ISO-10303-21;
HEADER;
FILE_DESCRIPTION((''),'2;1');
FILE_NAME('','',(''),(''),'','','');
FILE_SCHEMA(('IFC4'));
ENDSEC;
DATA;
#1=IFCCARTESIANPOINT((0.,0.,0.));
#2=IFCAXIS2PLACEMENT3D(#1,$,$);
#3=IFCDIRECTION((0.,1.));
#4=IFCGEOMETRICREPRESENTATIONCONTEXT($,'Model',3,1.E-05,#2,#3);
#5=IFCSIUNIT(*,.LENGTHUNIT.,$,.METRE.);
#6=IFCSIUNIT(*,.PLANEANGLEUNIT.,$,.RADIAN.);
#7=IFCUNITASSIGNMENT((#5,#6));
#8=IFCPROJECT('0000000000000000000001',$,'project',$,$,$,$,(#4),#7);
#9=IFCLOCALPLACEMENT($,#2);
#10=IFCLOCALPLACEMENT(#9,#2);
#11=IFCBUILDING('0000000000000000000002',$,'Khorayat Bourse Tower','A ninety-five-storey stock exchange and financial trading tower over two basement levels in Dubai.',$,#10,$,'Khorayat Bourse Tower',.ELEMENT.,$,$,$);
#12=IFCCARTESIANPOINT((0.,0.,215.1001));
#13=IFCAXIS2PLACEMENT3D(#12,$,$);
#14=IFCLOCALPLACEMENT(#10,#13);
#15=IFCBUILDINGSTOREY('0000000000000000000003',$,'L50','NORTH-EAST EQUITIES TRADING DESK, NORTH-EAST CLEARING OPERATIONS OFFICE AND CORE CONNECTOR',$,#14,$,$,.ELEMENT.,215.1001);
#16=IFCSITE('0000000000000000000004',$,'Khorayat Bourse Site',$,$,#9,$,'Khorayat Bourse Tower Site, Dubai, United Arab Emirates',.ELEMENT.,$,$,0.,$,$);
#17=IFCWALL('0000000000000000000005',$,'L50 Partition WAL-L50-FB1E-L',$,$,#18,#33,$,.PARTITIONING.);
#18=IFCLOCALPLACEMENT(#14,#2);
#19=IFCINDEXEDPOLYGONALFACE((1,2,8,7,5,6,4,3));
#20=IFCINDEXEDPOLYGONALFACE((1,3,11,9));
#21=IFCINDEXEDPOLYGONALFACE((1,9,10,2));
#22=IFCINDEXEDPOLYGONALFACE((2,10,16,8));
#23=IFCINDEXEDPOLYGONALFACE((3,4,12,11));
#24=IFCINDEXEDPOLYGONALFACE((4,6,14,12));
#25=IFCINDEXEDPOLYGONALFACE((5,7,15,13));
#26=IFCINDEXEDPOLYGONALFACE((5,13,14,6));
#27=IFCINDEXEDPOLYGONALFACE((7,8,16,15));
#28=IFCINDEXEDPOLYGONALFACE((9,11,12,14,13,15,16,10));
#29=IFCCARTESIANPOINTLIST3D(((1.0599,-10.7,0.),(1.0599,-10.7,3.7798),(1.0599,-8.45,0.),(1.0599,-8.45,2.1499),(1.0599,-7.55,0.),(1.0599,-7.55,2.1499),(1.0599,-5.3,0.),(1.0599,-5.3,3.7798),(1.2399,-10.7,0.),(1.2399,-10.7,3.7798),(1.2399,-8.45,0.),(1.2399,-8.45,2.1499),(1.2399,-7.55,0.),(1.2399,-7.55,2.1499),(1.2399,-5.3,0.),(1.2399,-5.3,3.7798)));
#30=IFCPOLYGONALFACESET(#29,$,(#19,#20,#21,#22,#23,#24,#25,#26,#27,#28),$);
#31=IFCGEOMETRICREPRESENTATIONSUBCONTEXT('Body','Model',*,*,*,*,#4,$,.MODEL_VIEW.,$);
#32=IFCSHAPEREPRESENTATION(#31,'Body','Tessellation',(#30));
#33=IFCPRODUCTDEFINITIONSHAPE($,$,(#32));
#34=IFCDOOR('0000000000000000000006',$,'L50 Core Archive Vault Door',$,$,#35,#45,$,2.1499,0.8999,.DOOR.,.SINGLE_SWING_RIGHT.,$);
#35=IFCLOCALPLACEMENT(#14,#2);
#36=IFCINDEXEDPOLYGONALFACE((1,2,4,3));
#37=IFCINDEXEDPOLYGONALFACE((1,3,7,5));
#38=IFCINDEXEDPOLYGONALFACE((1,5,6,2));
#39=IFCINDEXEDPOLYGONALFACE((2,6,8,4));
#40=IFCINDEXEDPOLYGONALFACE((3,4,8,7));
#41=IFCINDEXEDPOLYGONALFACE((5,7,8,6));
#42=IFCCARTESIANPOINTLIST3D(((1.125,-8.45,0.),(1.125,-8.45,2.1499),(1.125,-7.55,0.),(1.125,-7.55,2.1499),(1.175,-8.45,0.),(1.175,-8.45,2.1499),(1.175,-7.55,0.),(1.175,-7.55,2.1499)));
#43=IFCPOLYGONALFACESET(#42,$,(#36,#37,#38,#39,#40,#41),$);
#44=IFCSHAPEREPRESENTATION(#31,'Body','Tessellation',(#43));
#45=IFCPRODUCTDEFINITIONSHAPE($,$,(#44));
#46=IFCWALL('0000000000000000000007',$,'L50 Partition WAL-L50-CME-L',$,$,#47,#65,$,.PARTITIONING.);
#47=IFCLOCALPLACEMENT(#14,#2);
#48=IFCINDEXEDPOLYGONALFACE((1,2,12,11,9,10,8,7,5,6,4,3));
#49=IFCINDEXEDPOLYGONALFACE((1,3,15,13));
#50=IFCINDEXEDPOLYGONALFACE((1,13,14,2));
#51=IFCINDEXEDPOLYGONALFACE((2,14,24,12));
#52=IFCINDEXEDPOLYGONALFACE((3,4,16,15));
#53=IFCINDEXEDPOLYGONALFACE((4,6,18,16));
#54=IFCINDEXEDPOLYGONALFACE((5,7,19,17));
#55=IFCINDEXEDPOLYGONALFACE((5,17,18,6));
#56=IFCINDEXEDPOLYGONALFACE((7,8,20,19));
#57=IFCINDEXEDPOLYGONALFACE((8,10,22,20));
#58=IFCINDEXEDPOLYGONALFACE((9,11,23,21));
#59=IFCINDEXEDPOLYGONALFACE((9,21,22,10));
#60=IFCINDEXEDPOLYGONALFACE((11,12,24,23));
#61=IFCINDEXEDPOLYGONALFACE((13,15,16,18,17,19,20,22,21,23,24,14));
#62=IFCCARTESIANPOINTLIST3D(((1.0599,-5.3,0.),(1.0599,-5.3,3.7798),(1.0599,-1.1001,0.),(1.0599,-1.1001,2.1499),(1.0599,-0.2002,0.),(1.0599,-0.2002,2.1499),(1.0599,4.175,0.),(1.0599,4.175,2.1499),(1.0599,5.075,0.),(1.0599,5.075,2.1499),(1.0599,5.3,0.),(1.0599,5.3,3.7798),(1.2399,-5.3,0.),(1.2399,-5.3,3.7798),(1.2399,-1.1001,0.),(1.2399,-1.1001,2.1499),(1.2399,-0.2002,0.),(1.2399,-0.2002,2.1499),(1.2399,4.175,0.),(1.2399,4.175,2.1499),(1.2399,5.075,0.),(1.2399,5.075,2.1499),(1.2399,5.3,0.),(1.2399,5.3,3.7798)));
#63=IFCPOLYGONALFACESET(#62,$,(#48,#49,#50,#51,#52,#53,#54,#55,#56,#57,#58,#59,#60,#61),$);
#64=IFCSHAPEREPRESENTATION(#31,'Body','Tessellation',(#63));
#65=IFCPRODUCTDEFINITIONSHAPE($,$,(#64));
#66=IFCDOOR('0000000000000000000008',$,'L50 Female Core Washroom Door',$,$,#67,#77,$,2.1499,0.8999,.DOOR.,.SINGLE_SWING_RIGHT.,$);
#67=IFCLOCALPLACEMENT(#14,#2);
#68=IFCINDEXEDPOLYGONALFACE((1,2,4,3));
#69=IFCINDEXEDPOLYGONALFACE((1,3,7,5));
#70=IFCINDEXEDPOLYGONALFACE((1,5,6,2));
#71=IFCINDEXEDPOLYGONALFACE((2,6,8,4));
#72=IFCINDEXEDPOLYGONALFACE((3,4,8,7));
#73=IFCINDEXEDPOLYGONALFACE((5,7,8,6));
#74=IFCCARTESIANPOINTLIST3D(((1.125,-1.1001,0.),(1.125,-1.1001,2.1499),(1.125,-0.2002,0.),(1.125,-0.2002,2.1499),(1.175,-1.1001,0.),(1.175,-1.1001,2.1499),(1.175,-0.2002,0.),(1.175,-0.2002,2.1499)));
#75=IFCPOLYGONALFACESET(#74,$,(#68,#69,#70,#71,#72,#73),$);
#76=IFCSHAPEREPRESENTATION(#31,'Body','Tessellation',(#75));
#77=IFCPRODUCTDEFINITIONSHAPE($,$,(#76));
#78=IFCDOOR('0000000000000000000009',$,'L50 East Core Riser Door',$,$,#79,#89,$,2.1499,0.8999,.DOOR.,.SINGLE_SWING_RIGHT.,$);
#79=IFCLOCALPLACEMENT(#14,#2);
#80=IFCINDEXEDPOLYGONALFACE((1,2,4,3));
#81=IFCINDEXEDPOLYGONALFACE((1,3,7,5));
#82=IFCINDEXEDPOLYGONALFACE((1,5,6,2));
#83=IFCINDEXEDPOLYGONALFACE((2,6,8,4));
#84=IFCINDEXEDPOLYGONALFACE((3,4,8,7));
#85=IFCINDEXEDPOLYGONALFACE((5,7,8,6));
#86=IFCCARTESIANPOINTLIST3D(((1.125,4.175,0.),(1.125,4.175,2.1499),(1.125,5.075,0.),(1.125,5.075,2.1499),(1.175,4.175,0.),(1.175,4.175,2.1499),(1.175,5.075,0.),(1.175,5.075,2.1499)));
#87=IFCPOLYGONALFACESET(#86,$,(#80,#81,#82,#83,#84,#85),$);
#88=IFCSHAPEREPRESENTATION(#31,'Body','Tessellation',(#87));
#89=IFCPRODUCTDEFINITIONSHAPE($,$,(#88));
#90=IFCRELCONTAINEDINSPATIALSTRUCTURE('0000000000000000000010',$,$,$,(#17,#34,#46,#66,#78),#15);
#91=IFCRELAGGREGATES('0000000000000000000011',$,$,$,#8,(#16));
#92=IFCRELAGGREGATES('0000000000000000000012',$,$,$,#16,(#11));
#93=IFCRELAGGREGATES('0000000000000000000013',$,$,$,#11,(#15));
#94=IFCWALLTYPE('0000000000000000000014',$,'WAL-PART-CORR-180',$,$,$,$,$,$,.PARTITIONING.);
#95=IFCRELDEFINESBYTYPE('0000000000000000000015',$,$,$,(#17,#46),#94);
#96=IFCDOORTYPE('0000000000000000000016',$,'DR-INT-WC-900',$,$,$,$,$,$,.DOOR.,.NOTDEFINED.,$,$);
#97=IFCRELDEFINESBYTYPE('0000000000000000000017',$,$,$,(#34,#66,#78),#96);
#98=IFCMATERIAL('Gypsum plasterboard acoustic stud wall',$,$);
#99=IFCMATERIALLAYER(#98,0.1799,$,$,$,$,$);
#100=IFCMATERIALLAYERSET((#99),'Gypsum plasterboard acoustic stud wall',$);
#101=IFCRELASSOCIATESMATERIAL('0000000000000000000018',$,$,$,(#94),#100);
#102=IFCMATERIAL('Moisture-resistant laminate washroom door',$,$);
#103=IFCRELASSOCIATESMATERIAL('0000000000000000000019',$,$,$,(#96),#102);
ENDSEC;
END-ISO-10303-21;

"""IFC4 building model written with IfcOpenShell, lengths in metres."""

from ifc_helpers import new_model, si_unit, direction, frame, frame_2d, origin, place, context, subcontext, project, spatial, rectangle, extrude, source, transform, mapped, material, layer, layer_set, type_object, element, fill, save


model = new_model("IFC4")

# Units and contexts
model_context = context("Model", 3, precision=1e-05, world=origin(), true_north=direction((0.0, 1.0)))
body_context = subcontext(model_context, "Body", "Model", "MODEL_VIEW")
ifc_project = project(units=[si_unit("LENGTHUNIT", "METRE"), si_unit("PLANEANGLEUNIT", "RADIAN")], contexts=[model_context])

# Site, building, storey
site_placement = place(None, origin())
site = spatial("IfcSite", under=ifc_project, at=site_placement, Name="Khorayat Bourse Site", LongName="Khorayat Bourse Tower Site, Dubai, United Arab Emirates", CompositionType="ELEMENT", RefElevation=0.0)
building_placement = place(site_placement, origin())
building = spatial("IfcBuilding", under=site, at=building_placement, Name="Khorayat Bourse Tower", Description="A ninety-five-storey stock exchange and financial trading tower over two basement levels in Dubai.", LongName="Khorayat Bourse Tower", CompositionType="ELEMENT")
storey_placement = place(building_placement, frame((0.0, 0.0, 215.1001)))
storey = spatial("IfcBuildingStorey", under=building, at=storey_placement, Name="L50", Description="NORTH-EAST EQUITIES TRADING DESK, NORTH-EAST CLEARING OPERATIONS OFFICE AND CORE CONNECTOR", CompositionType="ELEMENT", Elevation=215.1001)

# Shared definitions
ifc_material_1 = material(Name="Gypsum plasterboard acoustic stud wall")
ifc_layer_1 = layer(ifc_material_1, 0.1799)
ifc_layer_set_1 = layer_set([ifc_layer_1], Name="Gypsum plasterboard acoustic stud wall")
wall_type_1 = type_object("IfcWallType", Name="WAL-PART-CORR-180", PredefinedType="PARTITIONING", material=ifc_layer_set_1)
shared_shape_1 = source(origin(), body_context, "Body", "SweptSolid", [
    extrude(rectangle(XDim=5.3999, YDim=0.1799, at=frame_2d((2.7, 0.0))), origin(), (0.0, 0.0, 1.0), 3.7798),
])
shared_shape_2 = source(origin(), body_context, "Body", "SweptSolid", [
    extrude(rectangle(XDim=0.8999, YDim=2.1499, at=frame_2d((0.45, 1.075))), frame((0.0, 0.0999, 0.0), z_axis=(0.0, -1.0, 0.0), x_axis=(1.0, 0.0, 0.0)), (0.0, 0.0, 1.0), 0.2),
])
ifc_material_2 = material(Name="Moisture-resistant laminate washroom door")
door_type = type_object("IfcDoorType", Name="DR-INT-WC-900", OperationType="NOTDEFINED", PredefinedType="DOOR", material=ifc_material_2)
shared_shape_3 = source(origin(), body_context, "Body", "SweptSolid", [
    extrude(rectangle(XDim=0.8999, YDim=2.1499, at=frame_2d((0.45, 1.075))), frame((0.0, 0.0249, 0.0), z_axis=(0.0, -1.0, 0.0), x_axis=(1.0, 0.0, 0.0)), (0.0, 0.0, 1.0), 0.05),
])

# Wall, opening, door
wall_1_placement = place(storey_placement, frame((1.1499, -10.7, 0.0), z_axis=(0.0, 0.0, 1.0), x_axis=(0.0, 1.0, 0.0)))
wall_1 = element("IfcWall", 1, at=wall_1_placement, inside=storey, type_object=wall_type_1, Name="L50 Partition WAL-L50-FB1E-L", PredefinedType="PARTITIONING", context=body_context, shape_type="MappedRepresentation", body=[
    mapped(shared_shape_1, transform((0.0, 0.0, 0.0), scale=1.0)),
])
opening_1_placement = place(wall_1_placement, frame((2.25, 0.0, 0.0)))
opening_1 = element("IfcOpeningElement", 2, at=opening_1_placement, cuts=wall_1, PredefinedType="OPENING", context=body_context, shape_type="MappedRepresentation", body=[
    mapped(shared_shape_2, transform((0.0, 0.0, 0.0), scale=1.0)),
])
door_1_placement = place(opening_1_placement, origin())
door_1 = element("IfcDoor", 3, at=door_1_placement, inside=storey, type_object=door_type, Name="L50 Core Archive Vault Door", OperationType="SINGLE_SWING_RIGHT", OverallHeight=2.1499, OverallWidth=0.8999, PredefinedType="DOOR", context=body_context, shape_type="MappedRepresentation", body=[
    mapped(shared_shape_3, transform((0.0, 0.0, 0.0), scale=1.0)),
])
fill(opening_1, door_1)

# Wall, openings, doors
shared_shape_4 = source(origin(), body_context, "Body", "SweptSolid", [
    extrude(rectangle(XDim=10.6001, YDim=0.1799, at=frame_2d((5.3, 0.0))), origin(), (0.0, 0.0, 1.0), 3.7798),
])
wall_2_placement = place(storey_placement, frame((1.1499, -5.3, 0.0), z_axis=(0.0, 0.0, 1.0), x_axis=(0.0, 1.0, 0.0)))
wall_2 = element("IfcWall", 4, at=wall_2_placement, inside=storey, type_object=wall_type_1, Name="L50 Partition WAL-L50-CME-L", PredefinedType="PARTITIONING", context=body_context, shape_type="MappedRepresentation", body=[
    mapped(shared_shape_4, transform((0.0, 0.0, 0.0), scale=1.0)),
])
opening_2_placement = place(wall_2_placement, frame((4.2, 0.0, 0.0)))
opening_2 = element("IfcOpeningElement", 5, at=opening_2_placement, cuts=wall_2, PredefinedType="OPENING", context=body_context, shape_type="MappedRepresentation", body=[
    mapped(shared_shape_2, transform((0.0, 0.0, 0.0), scale=1.0)),
])
opening_3_placement = place(wall_2_placement, frame((9.4751, 0.0, 0.0)))
opening_3 = element("IfcOpeningElement", 6, at=opening_3_placement, cuts=wall_2, PredefinedType="OPENING", context=body_context, shape_type="MappedRepresentation", body=[
    mapped(shared_shape_2, transform((0.0, 0.0, 0.0), scale=1.0)),
])
door_2_placement = place(opening_2_placement, origin())
door_2 = element("IfcDoor", 7, at=door_2_placement, inside=storey, type_object=door_type, Name="L50 Female Core Washroom Door", OperationType="SINGLE_SWING_RIGHT", OverallHeight=2.1499, OverallWidth=0.8999, PredefinedType="DOOR", context=body_context, shape_type="MappedRepresentation", body=[
    mapped(shared_shape_3, transform((0.0, 0.0, 0.0), scale=1.0)),
])
fill(opening_2, door_2)
door_3_placement = place(opening_3_placement, origin())
door_3 = element("IfcDoor", 8, at=door_3_placement, inside=storey, type_object=door_type, Name="L50 East Core Riser Door", OperationType="SINGLE_SWING_RIGHT", OverallHeight=2.1499, OverallWidth=0.8999, PredefinedType="DOOR", context=body_context, shape_type="MappedRepresentation", body=[
    mapped(shared_shape_3, transform((0.0, 0.0, 0.0), scale=1.0)),
])
fill(opening_3, door_3)

save(model, "model.ifc")
